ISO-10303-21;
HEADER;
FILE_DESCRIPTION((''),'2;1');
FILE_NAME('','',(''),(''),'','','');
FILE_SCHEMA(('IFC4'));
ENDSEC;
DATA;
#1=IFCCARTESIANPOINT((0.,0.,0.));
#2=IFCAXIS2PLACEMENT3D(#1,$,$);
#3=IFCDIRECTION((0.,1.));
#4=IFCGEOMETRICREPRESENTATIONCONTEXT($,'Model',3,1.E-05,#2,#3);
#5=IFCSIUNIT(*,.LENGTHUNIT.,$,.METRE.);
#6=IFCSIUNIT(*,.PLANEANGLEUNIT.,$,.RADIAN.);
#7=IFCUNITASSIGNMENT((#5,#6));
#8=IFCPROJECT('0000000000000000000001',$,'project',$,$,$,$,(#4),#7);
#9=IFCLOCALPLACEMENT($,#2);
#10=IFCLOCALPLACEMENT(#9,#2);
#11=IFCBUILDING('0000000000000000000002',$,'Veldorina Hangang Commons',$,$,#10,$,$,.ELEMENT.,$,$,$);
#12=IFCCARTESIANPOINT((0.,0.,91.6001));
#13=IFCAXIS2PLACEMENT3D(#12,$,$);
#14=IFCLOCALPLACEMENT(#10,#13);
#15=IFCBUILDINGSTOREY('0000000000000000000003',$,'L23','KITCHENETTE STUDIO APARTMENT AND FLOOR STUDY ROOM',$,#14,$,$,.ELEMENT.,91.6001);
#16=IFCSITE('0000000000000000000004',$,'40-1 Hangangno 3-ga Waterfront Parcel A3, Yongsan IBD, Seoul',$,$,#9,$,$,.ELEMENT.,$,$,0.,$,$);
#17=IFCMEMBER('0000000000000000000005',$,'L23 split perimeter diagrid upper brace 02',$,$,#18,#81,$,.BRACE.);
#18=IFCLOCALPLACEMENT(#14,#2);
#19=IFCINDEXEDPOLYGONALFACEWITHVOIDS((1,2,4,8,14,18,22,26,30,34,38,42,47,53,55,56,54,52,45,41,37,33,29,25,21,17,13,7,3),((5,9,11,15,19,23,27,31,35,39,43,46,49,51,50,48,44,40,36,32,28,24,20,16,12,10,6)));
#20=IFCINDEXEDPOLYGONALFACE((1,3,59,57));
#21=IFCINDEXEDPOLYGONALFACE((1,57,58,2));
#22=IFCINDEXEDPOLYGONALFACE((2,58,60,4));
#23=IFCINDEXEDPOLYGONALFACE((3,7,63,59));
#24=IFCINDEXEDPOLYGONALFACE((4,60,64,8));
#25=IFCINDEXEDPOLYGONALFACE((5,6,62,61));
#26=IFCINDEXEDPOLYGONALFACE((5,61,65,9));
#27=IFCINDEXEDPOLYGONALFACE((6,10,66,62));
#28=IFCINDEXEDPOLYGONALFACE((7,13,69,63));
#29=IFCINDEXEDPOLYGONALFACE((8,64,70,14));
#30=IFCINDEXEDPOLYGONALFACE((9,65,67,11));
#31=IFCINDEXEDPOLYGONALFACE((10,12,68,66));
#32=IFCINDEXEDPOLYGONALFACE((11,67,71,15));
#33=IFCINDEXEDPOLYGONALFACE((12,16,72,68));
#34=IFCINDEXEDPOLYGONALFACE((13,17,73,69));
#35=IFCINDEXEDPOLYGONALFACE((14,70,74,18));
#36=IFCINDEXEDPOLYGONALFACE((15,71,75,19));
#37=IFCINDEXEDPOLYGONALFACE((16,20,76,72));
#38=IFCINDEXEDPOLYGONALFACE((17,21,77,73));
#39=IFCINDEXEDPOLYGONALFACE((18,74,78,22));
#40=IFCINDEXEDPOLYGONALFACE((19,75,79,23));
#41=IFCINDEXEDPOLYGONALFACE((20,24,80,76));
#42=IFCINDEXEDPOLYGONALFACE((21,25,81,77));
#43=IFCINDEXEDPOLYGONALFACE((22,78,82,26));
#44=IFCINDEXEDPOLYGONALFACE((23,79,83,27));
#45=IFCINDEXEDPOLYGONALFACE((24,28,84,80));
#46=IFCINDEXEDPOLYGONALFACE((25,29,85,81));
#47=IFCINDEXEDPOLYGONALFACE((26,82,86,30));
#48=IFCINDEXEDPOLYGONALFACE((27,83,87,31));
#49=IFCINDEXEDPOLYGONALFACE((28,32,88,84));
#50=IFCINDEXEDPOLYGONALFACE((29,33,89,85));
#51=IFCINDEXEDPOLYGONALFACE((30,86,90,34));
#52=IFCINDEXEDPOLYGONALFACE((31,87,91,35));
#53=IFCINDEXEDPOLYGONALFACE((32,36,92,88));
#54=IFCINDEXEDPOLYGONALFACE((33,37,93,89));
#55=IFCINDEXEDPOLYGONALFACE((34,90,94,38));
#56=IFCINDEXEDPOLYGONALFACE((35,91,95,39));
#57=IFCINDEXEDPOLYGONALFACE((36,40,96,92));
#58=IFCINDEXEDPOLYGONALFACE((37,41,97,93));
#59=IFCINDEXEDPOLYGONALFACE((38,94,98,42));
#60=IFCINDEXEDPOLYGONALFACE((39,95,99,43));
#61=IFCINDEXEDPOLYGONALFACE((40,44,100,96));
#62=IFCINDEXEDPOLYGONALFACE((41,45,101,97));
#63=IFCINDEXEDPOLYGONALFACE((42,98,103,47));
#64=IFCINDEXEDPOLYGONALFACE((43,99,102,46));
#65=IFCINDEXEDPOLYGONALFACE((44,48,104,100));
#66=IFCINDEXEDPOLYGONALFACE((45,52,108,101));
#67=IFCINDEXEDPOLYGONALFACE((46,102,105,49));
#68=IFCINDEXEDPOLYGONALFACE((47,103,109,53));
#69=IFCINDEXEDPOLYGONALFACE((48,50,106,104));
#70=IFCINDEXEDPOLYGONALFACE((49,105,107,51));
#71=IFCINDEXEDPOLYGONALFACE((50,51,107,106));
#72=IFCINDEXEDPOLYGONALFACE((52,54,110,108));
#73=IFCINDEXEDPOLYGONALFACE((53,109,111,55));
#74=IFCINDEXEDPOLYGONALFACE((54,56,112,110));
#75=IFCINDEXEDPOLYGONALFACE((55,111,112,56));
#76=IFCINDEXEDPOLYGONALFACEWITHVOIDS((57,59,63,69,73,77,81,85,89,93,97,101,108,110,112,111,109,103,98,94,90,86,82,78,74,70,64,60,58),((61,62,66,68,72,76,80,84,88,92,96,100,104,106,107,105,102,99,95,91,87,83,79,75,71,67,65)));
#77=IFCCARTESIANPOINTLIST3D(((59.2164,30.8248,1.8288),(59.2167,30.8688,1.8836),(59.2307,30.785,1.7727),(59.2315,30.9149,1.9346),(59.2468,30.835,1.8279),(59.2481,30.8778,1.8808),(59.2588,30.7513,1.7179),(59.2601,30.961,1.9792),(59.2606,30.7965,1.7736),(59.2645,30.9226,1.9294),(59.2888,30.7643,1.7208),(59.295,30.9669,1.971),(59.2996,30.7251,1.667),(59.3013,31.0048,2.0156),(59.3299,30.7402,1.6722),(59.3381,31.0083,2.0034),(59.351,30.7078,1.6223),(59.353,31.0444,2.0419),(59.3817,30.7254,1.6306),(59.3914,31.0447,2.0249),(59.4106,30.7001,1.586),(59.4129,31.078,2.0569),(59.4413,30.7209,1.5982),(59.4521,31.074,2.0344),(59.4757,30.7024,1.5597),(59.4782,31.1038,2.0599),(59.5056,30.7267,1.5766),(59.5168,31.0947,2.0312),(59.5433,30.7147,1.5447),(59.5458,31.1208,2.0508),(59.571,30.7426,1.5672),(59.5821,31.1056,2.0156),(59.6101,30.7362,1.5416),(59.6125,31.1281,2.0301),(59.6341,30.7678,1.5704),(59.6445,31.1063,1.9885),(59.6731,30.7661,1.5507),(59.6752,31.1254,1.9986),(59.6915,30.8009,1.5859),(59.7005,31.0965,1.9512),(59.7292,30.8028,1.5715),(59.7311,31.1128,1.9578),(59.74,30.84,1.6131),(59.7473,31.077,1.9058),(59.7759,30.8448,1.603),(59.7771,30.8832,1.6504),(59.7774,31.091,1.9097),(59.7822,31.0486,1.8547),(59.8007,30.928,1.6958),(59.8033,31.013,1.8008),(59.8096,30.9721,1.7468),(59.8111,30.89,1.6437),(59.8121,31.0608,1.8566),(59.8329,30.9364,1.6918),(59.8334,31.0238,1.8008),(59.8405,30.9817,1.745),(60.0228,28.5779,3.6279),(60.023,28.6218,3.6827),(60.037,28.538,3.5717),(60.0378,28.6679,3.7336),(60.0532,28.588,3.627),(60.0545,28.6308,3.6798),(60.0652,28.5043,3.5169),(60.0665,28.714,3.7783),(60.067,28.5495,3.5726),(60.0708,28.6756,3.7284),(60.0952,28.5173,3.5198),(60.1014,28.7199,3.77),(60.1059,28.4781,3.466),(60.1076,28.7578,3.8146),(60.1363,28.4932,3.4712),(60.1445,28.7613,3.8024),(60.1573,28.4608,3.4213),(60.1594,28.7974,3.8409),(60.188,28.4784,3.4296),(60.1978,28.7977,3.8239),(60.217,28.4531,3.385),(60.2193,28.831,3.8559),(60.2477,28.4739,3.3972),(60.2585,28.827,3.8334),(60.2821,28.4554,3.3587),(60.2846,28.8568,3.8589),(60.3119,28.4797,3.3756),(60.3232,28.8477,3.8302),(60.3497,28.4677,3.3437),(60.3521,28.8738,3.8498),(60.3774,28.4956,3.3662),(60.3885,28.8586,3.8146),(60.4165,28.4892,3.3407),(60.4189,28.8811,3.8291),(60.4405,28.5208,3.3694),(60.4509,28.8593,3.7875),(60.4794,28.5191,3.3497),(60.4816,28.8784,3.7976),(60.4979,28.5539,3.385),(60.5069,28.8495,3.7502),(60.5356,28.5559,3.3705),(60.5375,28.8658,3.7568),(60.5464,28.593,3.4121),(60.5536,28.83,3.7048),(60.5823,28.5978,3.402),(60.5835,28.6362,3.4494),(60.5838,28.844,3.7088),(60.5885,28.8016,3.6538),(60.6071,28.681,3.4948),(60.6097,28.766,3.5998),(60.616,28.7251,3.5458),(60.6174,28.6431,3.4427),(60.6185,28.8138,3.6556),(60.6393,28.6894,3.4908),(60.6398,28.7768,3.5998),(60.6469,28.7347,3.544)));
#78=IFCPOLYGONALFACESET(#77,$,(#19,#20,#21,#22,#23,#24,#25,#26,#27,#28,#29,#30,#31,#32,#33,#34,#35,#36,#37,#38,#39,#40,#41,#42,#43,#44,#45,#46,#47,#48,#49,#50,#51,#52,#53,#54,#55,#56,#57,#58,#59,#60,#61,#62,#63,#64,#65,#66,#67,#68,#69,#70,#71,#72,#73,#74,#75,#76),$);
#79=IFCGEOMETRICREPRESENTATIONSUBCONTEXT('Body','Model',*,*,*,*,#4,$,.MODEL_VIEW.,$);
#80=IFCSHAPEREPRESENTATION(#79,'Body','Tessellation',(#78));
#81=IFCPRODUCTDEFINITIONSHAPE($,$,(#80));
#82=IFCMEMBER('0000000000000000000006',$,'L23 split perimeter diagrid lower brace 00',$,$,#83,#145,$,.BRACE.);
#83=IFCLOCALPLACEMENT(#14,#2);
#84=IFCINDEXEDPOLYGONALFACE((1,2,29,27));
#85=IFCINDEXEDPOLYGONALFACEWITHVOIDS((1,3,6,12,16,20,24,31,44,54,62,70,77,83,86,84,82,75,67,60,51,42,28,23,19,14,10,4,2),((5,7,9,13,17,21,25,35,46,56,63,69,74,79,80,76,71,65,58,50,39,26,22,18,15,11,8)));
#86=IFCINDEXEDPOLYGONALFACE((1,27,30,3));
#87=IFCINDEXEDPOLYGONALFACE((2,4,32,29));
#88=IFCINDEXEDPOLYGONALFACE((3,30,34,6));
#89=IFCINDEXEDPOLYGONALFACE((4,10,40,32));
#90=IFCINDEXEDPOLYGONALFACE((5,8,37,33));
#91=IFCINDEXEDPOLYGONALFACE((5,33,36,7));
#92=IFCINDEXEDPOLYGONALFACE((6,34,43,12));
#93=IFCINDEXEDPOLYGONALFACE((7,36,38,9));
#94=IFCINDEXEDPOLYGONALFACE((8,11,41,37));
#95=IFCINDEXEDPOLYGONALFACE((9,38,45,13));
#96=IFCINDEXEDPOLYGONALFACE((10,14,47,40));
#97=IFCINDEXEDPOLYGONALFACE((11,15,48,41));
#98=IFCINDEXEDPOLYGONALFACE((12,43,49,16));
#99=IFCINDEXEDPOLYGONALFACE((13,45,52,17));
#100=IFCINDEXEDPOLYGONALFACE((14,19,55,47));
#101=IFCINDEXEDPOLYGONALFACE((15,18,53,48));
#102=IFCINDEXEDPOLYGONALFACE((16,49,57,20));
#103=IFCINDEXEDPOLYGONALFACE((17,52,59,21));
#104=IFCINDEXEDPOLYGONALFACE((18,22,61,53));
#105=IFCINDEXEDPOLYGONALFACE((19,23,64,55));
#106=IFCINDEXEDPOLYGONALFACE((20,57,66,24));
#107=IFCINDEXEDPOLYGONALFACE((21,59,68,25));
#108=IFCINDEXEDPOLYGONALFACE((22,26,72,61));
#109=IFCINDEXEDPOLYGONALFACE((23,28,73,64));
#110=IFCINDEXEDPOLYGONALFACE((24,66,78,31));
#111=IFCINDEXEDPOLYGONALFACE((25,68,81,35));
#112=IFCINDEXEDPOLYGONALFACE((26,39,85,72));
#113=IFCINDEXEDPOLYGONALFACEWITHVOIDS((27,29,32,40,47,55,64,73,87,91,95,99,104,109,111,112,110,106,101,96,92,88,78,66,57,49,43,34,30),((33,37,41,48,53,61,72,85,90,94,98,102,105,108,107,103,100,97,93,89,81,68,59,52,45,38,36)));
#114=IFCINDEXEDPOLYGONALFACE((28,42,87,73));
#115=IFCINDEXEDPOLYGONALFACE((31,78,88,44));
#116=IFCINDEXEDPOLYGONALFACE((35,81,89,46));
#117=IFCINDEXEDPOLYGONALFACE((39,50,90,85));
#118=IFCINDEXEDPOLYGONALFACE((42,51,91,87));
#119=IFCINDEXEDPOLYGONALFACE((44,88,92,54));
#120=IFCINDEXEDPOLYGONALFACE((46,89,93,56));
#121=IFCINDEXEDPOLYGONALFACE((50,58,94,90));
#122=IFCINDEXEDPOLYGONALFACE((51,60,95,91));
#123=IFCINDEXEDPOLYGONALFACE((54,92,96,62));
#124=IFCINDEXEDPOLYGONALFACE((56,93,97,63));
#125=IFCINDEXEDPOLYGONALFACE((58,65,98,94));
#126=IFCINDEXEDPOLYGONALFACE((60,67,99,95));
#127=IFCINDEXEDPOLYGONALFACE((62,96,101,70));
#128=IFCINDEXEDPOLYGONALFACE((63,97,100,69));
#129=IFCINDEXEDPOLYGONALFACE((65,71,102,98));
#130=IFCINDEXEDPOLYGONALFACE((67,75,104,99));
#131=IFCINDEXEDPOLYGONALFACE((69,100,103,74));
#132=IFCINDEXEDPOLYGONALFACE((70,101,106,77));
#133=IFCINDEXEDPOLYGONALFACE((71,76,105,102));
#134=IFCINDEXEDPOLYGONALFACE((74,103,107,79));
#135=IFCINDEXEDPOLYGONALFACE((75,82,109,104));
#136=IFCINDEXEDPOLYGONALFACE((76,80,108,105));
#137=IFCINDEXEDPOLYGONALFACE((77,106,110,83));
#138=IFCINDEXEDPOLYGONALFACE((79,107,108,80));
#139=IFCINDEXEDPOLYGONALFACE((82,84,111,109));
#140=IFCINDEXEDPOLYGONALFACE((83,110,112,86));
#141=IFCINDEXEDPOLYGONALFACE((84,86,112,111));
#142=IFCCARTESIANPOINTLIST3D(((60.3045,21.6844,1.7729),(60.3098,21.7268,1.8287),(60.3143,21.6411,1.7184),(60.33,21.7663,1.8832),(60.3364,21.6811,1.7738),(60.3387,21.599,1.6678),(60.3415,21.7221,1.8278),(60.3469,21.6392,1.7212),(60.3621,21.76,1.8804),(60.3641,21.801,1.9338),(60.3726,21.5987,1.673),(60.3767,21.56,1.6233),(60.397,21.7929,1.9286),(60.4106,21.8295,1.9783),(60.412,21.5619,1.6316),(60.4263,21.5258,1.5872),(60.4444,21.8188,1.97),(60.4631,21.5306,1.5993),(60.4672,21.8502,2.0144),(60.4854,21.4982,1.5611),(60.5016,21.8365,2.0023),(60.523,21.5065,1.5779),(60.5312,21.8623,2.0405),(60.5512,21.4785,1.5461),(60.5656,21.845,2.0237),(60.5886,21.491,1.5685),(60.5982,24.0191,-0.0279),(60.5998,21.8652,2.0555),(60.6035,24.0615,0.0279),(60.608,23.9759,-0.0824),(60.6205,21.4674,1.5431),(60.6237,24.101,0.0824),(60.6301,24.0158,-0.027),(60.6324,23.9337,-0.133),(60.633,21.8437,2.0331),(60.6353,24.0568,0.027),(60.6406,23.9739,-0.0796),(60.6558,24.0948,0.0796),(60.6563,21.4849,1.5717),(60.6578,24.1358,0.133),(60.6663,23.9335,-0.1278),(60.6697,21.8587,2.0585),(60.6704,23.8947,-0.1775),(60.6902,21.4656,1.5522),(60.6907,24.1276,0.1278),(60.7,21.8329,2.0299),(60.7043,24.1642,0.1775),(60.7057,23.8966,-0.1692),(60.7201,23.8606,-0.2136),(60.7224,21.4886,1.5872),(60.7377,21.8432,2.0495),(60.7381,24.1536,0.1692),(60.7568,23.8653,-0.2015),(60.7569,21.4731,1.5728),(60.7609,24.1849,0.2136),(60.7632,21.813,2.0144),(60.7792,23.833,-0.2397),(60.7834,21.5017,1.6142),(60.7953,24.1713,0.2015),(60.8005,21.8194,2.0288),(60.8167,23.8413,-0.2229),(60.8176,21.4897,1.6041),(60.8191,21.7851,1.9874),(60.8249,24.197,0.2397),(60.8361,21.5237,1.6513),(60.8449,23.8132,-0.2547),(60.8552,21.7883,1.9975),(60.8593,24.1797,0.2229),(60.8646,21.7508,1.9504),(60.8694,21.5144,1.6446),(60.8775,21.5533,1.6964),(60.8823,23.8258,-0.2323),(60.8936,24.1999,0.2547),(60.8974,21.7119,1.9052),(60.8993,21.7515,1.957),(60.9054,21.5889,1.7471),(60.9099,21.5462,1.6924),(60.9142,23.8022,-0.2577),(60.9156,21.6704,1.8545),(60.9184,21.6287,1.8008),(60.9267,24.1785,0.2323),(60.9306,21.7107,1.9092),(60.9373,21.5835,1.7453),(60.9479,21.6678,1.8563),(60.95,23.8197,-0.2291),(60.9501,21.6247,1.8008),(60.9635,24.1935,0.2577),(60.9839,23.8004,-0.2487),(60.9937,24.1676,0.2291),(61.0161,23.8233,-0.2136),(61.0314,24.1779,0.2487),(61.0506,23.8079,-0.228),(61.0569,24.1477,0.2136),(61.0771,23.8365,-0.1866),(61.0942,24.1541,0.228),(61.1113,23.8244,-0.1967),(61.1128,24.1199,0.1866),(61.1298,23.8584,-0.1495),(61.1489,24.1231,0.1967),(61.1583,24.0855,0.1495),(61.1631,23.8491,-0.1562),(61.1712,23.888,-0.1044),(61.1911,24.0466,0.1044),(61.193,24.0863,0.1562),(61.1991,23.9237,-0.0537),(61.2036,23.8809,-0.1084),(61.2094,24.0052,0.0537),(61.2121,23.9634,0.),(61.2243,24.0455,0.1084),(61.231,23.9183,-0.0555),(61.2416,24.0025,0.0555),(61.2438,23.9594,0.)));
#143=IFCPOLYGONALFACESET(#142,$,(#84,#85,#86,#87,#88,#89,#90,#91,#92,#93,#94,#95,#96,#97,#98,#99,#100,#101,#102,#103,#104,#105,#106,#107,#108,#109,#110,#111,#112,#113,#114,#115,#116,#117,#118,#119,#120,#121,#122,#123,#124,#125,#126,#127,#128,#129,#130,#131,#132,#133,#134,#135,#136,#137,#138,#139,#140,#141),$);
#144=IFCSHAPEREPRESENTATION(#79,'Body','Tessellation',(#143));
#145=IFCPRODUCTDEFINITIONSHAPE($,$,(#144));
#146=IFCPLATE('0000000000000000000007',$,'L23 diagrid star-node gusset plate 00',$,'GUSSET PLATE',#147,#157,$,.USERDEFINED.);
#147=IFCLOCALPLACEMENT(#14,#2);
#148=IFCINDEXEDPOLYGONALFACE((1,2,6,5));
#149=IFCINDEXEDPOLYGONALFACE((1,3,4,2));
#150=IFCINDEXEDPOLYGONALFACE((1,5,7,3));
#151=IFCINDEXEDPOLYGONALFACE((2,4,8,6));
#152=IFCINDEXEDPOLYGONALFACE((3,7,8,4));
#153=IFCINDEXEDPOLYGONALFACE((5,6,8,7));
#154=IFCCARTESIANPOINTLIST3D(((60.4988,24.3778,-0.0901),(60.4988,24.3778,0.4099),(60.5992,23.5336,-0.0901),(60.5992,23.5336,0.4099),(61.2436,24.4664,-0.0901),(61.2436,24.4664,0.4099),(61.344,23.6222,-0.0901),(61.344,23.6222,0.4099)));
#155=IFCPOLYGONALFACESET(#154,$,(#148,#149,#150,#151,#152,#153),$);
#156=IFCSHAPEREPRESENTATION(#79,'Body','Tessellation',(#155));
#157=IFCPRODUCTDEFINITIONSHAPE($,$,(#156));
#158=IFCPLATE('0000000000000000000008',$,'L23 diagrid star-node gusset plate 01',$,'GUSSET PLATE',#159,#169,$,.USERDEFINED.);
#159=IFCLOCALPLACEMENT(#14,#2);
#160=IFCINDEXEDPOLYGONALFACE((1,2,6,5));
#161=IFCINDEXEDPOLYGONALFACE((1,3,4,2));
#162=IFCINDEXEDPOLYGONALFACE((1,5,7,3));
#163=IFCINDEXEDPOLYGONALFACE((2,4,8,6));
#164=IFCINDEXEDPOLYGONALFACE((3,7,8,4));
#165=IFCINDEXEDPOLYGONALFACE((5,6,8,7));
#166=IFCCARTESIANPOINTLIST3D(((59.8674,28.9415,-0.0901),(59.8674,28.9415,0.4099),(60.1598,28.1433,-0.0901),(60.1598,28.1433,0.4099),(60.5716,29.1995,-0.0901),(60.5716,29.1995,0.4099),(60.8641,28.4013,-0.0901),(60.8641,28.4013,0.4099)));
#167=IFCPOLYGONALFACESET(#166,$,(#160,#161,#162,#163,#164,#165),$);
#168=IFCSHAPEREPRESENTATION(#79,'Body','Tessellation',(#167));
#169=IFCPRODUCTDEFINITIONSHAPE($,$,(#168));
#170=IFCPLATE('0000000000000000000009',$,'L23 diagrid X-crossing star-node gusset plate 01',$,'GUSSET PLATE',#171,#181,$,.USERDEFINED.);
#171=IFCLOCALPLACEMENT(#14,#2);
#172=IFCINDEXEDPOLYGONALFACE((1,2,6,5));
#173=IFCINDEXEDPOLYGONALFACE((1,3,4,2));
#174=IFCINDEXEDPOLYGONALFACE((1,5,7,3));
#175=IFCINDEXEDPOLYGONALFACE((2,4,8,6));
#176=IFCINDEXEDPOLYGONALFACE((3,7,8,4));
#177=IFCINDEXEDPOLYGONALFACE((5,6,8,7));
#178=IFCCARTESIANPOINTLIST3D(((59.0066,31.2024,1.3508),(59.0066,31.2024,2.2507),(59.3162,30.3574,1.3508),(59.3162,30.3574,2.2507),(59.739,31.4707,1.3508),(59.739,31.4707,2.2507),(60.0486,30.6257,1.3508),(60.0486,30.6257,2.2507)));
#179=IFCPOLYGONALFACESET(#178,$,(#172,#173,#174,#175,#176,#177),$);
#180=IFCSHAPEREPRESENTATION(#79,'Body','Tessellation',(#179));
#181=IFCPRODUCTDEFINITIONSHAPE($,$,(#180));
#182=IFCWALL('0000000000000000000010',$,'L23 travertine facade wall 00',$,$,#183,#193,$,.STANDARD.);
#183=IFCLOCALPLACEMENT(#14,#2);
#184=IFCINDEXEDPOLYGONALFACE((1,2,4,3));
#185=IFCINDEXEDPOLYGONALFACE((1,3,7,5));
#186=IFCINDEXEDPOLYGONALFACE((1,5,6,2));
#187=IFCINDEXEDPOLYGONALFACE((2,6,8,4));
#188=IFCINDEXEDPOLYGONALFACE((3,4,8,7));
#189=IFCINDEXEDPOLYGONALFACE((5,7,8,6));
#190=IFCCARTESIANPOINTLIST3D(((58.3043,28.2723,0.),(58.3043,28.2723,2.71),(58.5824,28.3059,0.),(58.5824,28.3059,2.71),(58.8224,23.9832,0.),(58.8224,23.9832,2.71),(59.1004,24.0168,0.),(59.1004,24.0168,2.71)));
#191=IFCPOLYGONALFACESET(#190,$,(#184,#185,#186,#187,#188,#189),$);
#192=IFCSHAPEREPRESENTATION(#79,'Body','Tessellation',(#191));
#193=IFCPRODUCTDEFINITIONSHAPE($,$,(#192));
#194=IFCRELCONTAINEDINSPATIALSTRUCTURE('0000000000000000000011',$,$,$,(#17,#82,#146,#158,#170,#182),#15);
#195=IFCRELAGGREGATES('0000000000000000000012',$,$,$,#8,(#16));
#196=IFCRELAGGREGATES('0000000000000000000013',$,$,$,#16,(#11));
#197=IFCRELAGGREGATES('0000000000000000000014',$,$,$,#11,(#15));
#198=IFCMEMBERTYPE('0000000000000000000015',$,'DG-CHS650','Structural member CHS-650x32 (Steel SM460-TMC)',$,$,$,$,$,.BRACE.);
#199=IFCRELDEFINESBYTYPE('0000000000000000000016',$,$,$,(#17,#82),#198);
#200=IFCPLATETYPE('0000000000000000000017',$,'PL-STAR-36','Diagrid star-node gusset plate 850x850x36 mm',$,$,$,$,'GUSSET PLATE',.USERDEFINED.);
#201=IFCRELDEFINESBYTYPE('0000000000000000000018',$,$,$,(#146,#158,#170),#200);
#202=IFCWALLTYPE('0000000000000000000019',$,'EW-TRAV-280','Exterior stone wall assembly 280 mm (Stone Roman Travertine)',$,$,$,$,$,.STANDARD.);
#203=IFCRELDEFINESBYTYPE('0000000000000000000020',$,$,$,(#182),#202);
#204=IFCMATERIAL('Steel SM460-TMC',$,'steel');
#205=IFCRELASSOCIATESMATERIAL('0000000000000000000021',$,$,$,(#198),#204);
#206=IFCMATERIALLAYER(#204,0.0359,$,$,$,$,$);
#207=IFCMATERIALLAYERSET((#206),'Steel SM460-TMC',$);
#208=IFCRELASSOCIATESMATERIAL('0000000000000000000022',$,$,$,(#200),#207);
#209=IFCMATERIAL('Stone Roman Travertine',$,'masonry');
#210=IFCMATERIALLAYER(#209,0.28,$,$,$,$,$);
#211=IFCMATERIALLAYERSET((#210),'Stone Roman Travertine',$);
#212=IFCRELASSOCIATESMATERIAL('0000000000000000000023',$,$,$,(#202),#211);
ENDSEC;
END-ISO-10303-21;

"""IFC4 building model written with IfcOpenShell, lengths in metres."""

from ifc_helpers import new_model, si_unit, direction, frame, frame_2d, origin, origin_2d, place, context, subcontext, project, spatial, rectangle, hollow_circle, extrude, material, layer, layer_set, material_profile, profile_set, type_object, element, save


model = new_model("IFC4")

# Units and contexts
model_context = context("Model", 3, precision=1e-05, world=origin(), true_north=direction((0.0, 1.0)))
body_context = subcontext(model_context, "Body", "Model", "MODEL_VIEW")
ifc_project = project(units=[si_unit("LENGTHUNIT", "METRE"), si_unit("PLANEANGLEUNIT", "RADIAN")], contexts=[model_context])

# Site, building, storey
site_placement = place(None, origin())
site = spatial("IfcSite", under=ifc_project, at=site_placement, Name="40-1 Hangangno 3-ga Waterfront Parcel A3, Yongsan IBD, Seoul", CompositionType="ELEMENT", RefElevation=0.0)
building_placement = place(site_placement, origin())
building = spatial("IfcBuilding", under=site, at=building_placement, Name="Veldorina Hangang Commons", CompositionType="ELEMENT")
storey_placement = place(building_placement, frame((0.0, 0.0, 91.6001)))
storey = spatial("IfcBuildingStorey", under=building, at=storey_placement, Name="L23", Description="KITCHENETTE STUDIO APARTMENT AND FLOOR STUDY ROOM", CompositionType="ELEMENT", Elevation=91.6001)

# Members
ifc_material_1 = material(Name="Steel SM460-TMC", Category="steel")
ifc_material_profile_1 = material_profile(ifc_material_1, hollow_circle(Radius=0.325, WallThickness=0.032, at=origin_2d()), Name="CHS-650x32")
ifc_profile_set_1 = profile_set([ifc_material_profile_1], Name="Steel SM460-TMC")
member_type = type_object("IfcMemberType", Name="DG-CHS650", Description="Structural member CHS-650x32 (Steel SM460-TMC)", PredefinedType="BRACE", material=ifc_profile_set_1)
member_1_placement = place(storey_placement, frame((59.5276, 30.9141, 1.8008), z_axis=(0.269756, -0.75169, 0.601826), x_axis=(0.941227, 0.337774, 0.0)))
element("IfcMember", 1, at=member_1_placement, inside=storey, type_object=member_type, Name="L23 split perimeter diagrid upper brace 02", PredefinedType="BRACE", context=body_context, shape_type="SweptSolid", body=[
    extrude(hollow_circle(Radius=0.325, WallThickness=0.032, at=origin_2d()), origin(), (0.0, 0.0, 1.0), 2.9893),
])
member_2_placement = place(storey_placement, frame((60.9214, 24.0, 0.0), z_axis=(-0.099119, -0.78793, 0.607735), x_axis=(0.99218, -0.124814, 0.0)))
element("IfcMember", 2, at=member_2_placement, inside=storey, type_object=member_type, Name="L23 split perimeter diagrid lower brace 00", PredefinedType="BRACE", context=body_context, shape_type="SweptSolid", body=[
    extrude(hollow_circle(Radius=0.325, WallThickness=0.032, at=origin_2d()), origin(), (0.0, 0.0, 1.0), 2.9631),
])

# Plates
ifc_layer_1 = layer(ifc_material_1, 0.0359)
ifc_layer_set_1 = layer_set([ifc_layer_1], Name="Steel SM460-TMC")
plate_type = type_object("IfcPlateType", Name="PL-STAR-36", Description="Diagrid star-node gusset plate 850x850x36 mm", ElementType="GUSSET PLATE", PredefinedType="USERDEFINED", material=ifc_layer_set_1)
for number, where, z_axis, x_axis, name in (
    (3, (60.9214, 24.0, -0.0901), (0.0, 0.0, 1.0), (-0.118127, 0.992999, 0.0), "L23 diagrid star-node gusset plate 00"),
    (4, (60.3657, 28.6714, -0.0901), (0.0, 0.0, 1.0), (-0.34402, 0.938962, 0.0), "L23 diagrid star-node gusset plate 01"),
):
    element("IfcPlate", number, at=place(storey_placement, frame(where, z_axis=z_axis, x_axis=x_axis)), inside=storey, type_object=plate_type, Name=name, ObjectType="GUSSET PLATE", PredefinedType="USERDEFINED", context=body_context, shape_type="SweptSolid", body=[
        extrude(rectangle(XDim=0.8501, YDim=0.75, at=origin_2d()), origin(), (0.0, 0.0, 1.0), 0.5),
    ])
plate_placement = place(storey_placement, frame((59.5276, 30.9141, 1.3508), z_axis=(0.0, 0.0, 1.0), x_axis=(-0.34402, 0.938962, 0.0)))
element("IfcPlate", 5, at=plate_placement, inside=storey, type_object=plate_type, Name="L23 diagrid X-crossing star-node gusset plate 01", ObjectType="GUSSET PLATE", PredefinedType="USERDEFINED", context=body_context, shape_type="SweptSolid", body=[
    extrude(rectangle(XDim=0.8999, YDim=0.78, at=origin_2d()), origin(), (0.0, 0.0, 1.0), 0.8999),
])

# Wall
ifc_material_2 = material(Name="Stone Roman Travertine", Category="masonry")
ifc_layer_2 = layer(ifc_material_2, 0.28)
ifc_layer_set_2 = layer_set([ifc_layer_2], Name="Stone Roman Travertine")
wall_type_1 = type_object("IfcWallType", Name="EW-TRAV-280", Description="Exterior stone wall assembly 280 mm (Stone Roman Travertine)", PredefinedType="STANDARD", material=ifc_layer_set_2)
wall_1_placement = place(storey_placement, frame((58.9614, 24.0, 0.0), z_axis=(0.0, 0.0, 1.0), x_axis=(-0.119916, 0.992784, 0.0)))
element("IfcWall", 6, at=wall_1_placement, inside=storey, type_object=wall_type_1, Name="L23 travertine facade wall 00", PredefinedType="STANDARD", context=body_context, shape_type="SweptSolid", body=[
    extrude(rectangle(XDim=4.3203, YDim=0.28, at=frame_2d((2.1602, 0.0))), origin(), (0.0, 0.0, 1.0), 2.71),
])

save(model, "model.ifc")
